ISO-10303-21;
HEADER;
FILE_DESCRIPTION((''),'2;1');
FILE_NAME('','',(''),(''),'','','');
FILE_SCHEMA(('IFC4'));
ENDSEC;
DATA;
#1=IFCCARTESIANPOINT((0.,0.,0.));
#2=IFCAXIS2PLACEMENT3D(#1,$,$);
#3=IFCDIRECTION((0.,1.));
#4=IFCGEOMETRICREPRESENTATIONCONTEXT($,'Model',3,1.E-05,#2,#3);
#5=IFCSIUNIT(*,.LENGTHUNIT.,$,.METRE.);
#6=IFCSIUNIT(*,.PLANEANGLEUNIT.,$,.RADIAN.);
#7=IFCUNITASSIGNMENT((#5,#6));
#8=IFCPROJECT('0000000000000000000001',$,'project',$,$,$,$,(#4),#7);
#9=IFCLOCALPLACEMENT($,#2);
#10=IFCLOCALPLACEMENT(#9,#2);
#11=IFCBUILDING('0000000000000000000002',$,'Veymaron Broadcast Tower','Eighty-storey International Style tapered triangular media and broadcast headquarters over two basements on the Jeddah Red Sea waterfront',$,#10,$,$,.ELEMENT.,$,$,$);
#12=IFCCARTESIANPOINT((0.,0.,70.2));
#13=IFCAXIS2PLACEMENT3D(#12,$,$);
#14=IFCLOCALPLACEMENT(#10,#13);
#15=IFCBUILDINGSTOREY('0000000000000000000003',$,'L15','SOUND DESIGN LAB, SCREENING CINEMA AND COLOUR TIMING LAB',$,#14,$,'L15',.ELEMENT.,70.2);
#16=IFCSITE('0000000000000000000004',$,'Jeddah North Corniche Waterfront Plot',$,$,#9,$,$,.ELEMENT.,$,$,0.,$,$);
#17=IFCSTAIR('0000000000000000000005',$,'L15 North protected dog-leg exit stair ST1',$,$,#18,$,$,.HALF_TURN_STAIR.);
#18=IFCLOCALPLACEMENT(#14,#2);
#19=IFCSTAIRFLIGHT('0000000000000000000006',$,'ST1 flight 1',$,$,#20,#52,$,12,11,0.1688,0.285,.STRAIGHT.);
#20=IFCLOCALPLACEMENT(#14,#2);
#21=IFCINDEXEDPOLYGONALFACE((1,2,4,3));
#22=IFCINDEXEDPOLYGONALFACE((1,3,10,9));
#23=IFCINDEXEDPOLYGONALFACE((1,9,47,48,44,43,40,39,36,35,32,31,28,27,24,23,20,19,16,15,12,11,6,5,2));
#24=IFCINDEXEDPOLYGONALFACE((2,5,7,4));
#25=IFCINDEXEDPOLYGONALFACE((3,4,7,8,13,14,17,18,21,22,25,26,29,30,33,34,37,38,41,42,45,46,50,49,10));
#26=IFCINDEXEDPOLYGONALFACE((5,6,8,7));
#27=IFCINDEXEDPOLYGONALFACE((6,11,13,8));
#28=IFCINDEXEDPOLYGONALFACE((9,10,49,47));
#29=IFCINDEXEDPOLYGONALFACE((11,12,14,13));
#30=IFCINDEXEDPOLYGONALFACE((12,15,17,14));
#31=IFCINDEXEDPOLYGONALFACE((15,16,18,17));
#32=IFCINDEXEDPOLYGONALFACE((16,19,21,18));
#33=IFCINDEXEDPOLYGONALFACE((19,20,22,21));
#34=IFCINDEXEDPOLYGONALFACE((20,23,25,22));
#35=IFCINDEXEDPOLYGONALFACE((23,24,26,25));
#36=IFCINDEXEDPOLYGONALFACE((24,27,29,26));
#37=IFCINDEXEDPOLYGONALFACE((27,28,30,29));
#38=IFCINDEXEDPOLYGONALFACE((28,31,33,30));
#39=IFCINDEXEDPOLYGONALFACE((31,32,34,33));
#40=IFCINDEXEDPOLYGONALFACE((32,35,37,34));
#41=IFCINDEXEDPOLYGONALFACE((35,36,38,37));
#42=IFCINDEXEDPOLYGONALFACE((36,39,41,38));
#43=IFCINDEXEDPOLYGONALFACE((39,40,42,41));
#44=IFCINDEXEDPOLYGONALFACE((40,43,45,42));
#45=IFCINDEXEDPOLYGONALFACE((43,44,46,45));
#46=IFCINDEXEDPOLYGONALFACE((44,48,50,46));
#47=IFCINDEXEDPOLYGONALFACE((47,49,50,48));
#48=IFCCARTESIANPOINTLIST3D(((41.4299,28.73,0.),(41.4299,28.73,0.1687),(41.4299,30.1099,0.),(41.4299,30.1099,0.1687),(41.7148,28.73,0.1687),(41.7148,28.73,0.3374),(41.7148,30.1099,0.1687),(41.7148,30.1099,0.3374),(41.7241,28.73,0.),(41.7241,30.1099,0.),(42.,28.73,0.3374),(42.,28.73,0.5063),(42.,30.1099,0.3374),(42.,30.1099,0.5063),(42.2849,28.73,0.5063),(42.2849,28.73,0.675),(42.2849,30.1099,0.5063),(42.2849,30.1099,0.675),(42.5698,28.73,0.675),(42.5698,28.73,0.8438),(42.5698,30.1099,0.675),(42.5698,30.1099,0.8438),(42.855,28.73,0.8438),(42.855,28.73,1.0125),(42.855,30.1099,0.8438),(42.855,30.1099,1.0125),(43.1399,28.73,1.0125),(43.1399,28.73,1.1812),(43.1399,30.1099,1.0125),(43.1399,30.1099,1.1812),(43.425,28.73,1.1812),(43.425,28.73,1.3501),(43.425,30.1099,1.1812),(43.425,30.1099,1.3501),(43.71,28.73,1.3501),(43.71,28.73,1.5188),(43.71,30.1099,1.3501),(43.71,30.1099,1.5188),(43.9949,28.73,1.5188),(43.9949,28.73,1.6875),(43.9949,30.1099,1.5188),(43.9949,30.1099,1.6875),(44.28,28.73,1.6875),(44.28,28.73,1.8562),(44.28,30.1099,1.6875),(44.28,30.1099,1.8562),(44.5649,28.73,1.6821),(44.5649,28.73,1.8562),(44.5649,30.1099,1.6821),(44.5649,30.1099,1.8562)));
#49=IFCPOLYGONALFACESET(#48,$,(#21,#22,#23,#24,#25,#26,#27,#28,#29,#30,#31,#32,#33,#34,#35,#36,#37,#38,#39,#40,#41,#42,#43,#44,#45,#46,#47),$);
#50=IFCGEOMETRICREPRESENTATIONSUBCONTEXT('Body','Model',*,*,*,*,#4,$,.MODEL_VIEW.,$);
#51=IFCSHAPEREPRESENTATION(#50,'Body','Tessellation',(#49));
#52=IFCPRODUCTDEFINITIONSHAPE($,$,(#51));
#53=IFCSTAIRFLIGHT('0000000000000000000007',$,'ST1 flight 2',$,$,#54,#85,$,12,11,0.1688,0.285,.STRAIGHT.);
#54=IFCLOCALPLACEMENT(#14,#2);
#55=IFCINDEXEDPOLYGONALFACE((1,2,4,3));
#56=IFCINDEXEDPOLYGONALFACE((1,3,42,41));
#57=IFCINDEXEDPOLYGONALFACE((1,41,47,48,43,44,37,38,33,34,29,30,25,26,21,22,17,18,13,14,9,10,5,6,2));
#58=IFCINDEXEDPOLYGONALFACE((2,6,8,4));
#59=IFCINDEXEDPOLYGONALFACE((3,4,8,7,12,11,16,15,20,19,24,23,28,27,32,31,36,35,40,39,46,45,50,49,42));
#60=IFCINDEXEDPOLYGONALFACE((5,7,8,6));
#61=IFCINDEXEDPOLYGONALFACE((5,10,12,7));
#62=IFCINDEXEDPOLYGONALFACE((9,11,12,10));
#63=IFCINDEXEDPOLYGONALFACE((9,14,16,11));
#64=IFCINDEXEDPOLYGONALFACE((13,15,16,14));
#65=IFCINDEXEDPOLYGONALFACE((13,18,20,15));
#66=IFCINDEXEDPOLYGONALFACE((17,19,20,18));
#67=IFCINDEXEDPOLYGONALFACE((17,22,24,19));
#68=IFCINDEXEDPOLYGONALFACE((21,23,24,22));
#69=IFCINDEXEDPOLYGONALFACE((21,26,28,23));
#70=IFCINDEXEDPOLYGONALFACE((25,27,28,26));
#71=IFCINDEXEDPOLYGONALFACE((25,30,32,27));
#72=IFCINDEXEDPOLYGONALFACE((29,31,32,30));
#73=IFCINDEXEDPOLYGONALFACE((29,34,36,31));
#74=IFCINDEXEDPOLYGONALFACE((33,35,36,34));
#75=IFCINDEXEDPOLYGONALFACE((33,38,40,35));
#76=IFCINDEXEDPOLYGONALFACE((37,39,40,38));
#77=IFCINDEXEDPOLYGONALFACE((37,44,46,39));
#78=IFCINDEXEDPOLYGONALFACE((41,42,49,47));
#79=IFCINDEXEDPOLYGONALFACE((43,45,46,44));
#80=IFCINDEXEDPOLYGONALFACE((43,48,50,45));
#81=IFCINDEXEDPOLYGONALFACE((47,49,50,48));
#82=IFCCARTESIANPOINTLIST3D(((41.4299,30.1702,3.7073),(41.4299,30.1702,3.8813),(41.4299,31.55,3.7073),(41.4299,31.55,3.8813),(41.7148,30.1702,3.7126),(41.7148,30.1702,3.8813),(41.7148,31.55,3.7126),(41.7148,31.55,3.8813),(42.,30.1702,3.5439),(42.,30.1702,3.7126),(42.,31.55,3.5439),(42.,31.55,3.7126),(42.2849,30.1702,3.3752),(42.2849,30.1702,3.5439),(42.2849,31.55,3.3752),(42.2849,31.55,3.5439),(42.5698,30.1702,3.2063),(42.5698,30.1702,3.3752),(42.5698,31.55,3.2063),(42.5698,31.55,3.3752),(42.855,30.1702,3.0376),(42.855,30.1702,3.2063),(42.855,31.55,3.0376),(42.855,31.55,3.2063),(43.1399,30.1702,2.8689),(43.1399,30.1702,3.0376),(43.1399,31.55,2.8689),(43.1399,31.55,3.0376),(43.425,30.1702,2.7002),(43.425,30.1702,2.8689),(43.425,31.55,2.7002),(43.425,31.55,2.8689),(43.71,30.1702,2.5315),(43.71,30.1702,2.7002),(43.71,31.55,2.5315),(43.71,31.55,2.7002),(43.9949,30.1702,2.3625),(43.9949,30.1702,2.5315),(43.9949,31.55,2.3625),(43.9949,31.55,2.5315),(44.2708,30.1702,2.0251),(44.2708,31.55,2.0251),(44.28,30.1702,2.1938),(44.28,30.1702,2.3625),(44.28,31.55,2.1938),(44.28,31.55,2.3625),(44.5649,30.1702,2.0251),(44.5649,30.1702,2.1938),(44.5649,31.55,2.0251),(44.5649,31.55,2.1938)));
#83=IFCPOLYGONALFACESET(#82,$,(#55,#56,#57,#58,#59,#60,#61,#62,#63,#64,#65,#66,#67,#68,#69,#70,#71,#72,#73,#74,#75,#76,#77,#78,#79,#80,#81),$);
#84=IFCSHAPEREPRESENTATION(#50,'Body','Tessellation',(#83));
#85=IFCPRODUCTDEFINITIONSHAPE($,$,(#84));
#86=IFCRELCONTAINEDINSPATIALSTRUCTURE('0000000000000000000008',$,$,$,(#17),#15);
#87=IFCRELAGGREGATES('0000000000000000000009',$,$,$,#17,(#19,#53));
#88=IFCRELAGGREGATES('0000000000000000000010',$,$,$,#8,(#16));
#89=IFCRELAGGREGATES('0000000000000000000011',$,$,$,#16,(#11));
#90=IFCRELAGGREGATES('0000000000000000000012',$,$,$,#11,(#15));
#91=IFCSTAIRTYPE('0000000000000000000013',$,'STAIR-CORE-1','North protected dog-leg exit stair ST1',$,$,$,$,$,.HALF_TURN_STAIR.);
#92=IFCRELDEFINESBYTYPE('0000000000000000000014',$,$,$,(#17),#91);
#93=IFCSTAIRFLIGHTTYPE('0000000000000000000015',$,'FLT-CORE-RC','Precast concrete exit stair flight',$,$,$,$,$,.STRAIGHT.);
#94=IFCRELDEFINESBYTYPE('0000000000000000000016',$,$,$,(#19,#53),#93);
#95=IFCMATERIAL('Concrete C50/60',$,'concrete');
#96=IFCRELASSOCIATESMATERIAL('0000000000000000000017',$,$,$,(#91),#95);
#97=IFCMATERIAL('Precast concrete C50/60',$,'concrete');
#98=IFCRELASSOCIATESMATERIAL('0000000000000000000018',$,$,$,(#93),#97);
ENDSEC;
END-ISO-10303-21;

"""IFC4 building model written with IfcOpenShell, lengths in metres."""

from ifc_helpers import new_model, si_unit, direction, frame, origin, place, context, subcontext, project, spatial, polyline, outline, extrude, material, type_object, element, aggregate, save


model = new_model("IFC4")

# Units and contexts
model_context = context("Model", 3, precision=1e-05, world=origin(), true_north=direction((0.0, 1.0)))
body_context = subcontext(model_context, "Body", "Model", "MODEL_VIEW")
ifc_project = project(units=[si_unit("LENGTHUNIT", "METRE"), si_unit("PLANEANGLEUNIT", "RADIAN")], contexts=[model_context])

# Site, building, storey
site_placement = place(None, origin())
site = spatial("IfcSite", under=ifc_project, at=site_placement, Name="Jeddah North Corniche Waterfront Plot", CompositionType="ELEMENT", RefElevation=0.0)
building_placement = place(site_placement, origin())
building = spatial("IfcBuilding", under=site, at=building_placement, Name="Veymaron Broadcast Tower", Description="Eighty-storey International Style tapered triangular media and broadcast headquarters over two basements on the Jeddah Red Sea waterfront", CompositionType="ELEMENT")
storey_placement = place(building_placement, frame((0.0, 0.0, 70.2)))
storey = spatial("IfcBuildingStorey", under=building, at=storey_placement, Name="L15", Description="SOUND DESIGN LAB, SCREENING CINEMA AND COLOUR TIMING LAB", LongName="L15", CompositionType="ELEMENT", Elevation=70.2)

# Shared definitions
ifc_material_1 = material(Name="Concrete C50/60", Category="concrete")

# Stair, stair flights
stair_type = type_object("IfcStairType", Name="STAIR-CORE-1", Description="North protected dog-leg exit stair ST1", PredefinedType="HALF_TURN_STAIR", material=ifc_material_1)
stair_placement = place(storey_placement, origin())
stair = element("IfcStair", 1, at=stair_placement, inside=storey, type_object=stair_type, Name="L15 North protected dog-leg exit stair ST1", PredefinedType="HALF_TURN_STAIR")
ifc_material_2 = material(Name="Precast concrete C50/60", Category="concrete")
stair_flight_type = type_object("IfcStairFlightType", Name="FLT-CORE-RC", Description="Precast concrete exit stair flight", PredefinedType="STRAIGHT", material=ifc_material_2)
stair_flight_1_placement = place(storey_placement, frame((41.4299, 29.4199, 0.0), z_axis=(0.0, 0.0, 1.0), x_axis=(1.0, 0.0, 0.0)))
stair_flight_1 = element("IfcStairFlight", 2, at=stair_flight_1_placement, type_object=stair_flight_type, Name="ST1 flight 1", NumberOfRisers=12, NumberOfTreads=11, PredefinedType="STRAIGHT", RiserHeight=0.1688, TreadLength=0.285, context=body_context, shape_type="SweptSolid", body=[
    extrude(outline(polyline([(0.0, 0.0), (0.0, 0.1687), (0.2849, 0.1687), (0.2849, 0.3374), (0.5701, 0.3374), (0.5701, 0.5063), (0.855, 0.5063), (0.855, 0.675), (1.1399, 0.675), (1.1399, 0.8438), (1.425, 0.8438), (1.425, 1.0125), (1.71, 1.0125), (1.71, 1.1812), (1.9951, 1.1812), (1.9951, 1.3501), (2.28, 1.3501), (2.28, 1.5188), (2.5649, 1.5188), (2.5649, 1.6875), (2.8501, 1.6875), (2.8501, 1.8562), (3.135, 1.8562), (3.135, 2.0249), (3.135, 1.6821), (0.2942, 0.0), (0.0, 0.0)])), frame((0.0, 0.6899, 0.0), z_axis=(0.0, -1.0, 0.0), x_axis=(1.0, 0.0, 0.0)), (0.0, 0.0, 1.0), 1.3799),
])
stair_flight_2_placement = place(storey_placement, frame((44.5649, 30.8601, 2.0251), z_axis=(0.0, 0.0, 1.0), x_axis=(-1.0, 0.0, 0.0)))
stair_flight_2 = element("IfcStairFlight", 3, at=stair_flight_2_placement, type_object=stair_flight_type, Name="ST1 flight 2", NumberOfRisers=12, NumberOfTreads=11, PredefinedType="STRAIGHT", RiserHeight=0.1688, TreadLength=0.285, context=body_context, shape_type="SweptSolid", body=[
    extrude(outline(polyline([(0.0, 0.0), (0.0, 0.1687), (0.2849, 0.1687), (0.2849, 0.3374), (0.5701, 0.3374), (0.5701, 0.5063), (0.855, 0.5063), (0.855, 0.675), (1.1399, 0.675), (1.1399, 0.8438), (1.425, 0.8438), (1.425, 1.0125), (1.71, 1.0125), (1.71, 1.1812), (1.9951, 1.1812), (1.9951, 1.3501), (2.28, 1.3501), (2.28, 1.5188), (2.5649, 1.5188), (2.5649, 1.6875), (2.8501, 1.6875), (2.8501, 1.8562), (3.135, 1.8562), (3.135, 2.0249), (3.135, 1.6821), (0.2942, 0.0), (0.0, 0.0)])), frame((0.0, 0.6899, 0.0), z_axis=(0.0, -1.0, 0.0), x_axis=(1.0, 0.0, 0.0)), (0.0, 0.0, 1.0), 1.3799),
])
aggregate(stair, [stair_flight_1, stair_flight_2])

save(model, "model.ifc")
